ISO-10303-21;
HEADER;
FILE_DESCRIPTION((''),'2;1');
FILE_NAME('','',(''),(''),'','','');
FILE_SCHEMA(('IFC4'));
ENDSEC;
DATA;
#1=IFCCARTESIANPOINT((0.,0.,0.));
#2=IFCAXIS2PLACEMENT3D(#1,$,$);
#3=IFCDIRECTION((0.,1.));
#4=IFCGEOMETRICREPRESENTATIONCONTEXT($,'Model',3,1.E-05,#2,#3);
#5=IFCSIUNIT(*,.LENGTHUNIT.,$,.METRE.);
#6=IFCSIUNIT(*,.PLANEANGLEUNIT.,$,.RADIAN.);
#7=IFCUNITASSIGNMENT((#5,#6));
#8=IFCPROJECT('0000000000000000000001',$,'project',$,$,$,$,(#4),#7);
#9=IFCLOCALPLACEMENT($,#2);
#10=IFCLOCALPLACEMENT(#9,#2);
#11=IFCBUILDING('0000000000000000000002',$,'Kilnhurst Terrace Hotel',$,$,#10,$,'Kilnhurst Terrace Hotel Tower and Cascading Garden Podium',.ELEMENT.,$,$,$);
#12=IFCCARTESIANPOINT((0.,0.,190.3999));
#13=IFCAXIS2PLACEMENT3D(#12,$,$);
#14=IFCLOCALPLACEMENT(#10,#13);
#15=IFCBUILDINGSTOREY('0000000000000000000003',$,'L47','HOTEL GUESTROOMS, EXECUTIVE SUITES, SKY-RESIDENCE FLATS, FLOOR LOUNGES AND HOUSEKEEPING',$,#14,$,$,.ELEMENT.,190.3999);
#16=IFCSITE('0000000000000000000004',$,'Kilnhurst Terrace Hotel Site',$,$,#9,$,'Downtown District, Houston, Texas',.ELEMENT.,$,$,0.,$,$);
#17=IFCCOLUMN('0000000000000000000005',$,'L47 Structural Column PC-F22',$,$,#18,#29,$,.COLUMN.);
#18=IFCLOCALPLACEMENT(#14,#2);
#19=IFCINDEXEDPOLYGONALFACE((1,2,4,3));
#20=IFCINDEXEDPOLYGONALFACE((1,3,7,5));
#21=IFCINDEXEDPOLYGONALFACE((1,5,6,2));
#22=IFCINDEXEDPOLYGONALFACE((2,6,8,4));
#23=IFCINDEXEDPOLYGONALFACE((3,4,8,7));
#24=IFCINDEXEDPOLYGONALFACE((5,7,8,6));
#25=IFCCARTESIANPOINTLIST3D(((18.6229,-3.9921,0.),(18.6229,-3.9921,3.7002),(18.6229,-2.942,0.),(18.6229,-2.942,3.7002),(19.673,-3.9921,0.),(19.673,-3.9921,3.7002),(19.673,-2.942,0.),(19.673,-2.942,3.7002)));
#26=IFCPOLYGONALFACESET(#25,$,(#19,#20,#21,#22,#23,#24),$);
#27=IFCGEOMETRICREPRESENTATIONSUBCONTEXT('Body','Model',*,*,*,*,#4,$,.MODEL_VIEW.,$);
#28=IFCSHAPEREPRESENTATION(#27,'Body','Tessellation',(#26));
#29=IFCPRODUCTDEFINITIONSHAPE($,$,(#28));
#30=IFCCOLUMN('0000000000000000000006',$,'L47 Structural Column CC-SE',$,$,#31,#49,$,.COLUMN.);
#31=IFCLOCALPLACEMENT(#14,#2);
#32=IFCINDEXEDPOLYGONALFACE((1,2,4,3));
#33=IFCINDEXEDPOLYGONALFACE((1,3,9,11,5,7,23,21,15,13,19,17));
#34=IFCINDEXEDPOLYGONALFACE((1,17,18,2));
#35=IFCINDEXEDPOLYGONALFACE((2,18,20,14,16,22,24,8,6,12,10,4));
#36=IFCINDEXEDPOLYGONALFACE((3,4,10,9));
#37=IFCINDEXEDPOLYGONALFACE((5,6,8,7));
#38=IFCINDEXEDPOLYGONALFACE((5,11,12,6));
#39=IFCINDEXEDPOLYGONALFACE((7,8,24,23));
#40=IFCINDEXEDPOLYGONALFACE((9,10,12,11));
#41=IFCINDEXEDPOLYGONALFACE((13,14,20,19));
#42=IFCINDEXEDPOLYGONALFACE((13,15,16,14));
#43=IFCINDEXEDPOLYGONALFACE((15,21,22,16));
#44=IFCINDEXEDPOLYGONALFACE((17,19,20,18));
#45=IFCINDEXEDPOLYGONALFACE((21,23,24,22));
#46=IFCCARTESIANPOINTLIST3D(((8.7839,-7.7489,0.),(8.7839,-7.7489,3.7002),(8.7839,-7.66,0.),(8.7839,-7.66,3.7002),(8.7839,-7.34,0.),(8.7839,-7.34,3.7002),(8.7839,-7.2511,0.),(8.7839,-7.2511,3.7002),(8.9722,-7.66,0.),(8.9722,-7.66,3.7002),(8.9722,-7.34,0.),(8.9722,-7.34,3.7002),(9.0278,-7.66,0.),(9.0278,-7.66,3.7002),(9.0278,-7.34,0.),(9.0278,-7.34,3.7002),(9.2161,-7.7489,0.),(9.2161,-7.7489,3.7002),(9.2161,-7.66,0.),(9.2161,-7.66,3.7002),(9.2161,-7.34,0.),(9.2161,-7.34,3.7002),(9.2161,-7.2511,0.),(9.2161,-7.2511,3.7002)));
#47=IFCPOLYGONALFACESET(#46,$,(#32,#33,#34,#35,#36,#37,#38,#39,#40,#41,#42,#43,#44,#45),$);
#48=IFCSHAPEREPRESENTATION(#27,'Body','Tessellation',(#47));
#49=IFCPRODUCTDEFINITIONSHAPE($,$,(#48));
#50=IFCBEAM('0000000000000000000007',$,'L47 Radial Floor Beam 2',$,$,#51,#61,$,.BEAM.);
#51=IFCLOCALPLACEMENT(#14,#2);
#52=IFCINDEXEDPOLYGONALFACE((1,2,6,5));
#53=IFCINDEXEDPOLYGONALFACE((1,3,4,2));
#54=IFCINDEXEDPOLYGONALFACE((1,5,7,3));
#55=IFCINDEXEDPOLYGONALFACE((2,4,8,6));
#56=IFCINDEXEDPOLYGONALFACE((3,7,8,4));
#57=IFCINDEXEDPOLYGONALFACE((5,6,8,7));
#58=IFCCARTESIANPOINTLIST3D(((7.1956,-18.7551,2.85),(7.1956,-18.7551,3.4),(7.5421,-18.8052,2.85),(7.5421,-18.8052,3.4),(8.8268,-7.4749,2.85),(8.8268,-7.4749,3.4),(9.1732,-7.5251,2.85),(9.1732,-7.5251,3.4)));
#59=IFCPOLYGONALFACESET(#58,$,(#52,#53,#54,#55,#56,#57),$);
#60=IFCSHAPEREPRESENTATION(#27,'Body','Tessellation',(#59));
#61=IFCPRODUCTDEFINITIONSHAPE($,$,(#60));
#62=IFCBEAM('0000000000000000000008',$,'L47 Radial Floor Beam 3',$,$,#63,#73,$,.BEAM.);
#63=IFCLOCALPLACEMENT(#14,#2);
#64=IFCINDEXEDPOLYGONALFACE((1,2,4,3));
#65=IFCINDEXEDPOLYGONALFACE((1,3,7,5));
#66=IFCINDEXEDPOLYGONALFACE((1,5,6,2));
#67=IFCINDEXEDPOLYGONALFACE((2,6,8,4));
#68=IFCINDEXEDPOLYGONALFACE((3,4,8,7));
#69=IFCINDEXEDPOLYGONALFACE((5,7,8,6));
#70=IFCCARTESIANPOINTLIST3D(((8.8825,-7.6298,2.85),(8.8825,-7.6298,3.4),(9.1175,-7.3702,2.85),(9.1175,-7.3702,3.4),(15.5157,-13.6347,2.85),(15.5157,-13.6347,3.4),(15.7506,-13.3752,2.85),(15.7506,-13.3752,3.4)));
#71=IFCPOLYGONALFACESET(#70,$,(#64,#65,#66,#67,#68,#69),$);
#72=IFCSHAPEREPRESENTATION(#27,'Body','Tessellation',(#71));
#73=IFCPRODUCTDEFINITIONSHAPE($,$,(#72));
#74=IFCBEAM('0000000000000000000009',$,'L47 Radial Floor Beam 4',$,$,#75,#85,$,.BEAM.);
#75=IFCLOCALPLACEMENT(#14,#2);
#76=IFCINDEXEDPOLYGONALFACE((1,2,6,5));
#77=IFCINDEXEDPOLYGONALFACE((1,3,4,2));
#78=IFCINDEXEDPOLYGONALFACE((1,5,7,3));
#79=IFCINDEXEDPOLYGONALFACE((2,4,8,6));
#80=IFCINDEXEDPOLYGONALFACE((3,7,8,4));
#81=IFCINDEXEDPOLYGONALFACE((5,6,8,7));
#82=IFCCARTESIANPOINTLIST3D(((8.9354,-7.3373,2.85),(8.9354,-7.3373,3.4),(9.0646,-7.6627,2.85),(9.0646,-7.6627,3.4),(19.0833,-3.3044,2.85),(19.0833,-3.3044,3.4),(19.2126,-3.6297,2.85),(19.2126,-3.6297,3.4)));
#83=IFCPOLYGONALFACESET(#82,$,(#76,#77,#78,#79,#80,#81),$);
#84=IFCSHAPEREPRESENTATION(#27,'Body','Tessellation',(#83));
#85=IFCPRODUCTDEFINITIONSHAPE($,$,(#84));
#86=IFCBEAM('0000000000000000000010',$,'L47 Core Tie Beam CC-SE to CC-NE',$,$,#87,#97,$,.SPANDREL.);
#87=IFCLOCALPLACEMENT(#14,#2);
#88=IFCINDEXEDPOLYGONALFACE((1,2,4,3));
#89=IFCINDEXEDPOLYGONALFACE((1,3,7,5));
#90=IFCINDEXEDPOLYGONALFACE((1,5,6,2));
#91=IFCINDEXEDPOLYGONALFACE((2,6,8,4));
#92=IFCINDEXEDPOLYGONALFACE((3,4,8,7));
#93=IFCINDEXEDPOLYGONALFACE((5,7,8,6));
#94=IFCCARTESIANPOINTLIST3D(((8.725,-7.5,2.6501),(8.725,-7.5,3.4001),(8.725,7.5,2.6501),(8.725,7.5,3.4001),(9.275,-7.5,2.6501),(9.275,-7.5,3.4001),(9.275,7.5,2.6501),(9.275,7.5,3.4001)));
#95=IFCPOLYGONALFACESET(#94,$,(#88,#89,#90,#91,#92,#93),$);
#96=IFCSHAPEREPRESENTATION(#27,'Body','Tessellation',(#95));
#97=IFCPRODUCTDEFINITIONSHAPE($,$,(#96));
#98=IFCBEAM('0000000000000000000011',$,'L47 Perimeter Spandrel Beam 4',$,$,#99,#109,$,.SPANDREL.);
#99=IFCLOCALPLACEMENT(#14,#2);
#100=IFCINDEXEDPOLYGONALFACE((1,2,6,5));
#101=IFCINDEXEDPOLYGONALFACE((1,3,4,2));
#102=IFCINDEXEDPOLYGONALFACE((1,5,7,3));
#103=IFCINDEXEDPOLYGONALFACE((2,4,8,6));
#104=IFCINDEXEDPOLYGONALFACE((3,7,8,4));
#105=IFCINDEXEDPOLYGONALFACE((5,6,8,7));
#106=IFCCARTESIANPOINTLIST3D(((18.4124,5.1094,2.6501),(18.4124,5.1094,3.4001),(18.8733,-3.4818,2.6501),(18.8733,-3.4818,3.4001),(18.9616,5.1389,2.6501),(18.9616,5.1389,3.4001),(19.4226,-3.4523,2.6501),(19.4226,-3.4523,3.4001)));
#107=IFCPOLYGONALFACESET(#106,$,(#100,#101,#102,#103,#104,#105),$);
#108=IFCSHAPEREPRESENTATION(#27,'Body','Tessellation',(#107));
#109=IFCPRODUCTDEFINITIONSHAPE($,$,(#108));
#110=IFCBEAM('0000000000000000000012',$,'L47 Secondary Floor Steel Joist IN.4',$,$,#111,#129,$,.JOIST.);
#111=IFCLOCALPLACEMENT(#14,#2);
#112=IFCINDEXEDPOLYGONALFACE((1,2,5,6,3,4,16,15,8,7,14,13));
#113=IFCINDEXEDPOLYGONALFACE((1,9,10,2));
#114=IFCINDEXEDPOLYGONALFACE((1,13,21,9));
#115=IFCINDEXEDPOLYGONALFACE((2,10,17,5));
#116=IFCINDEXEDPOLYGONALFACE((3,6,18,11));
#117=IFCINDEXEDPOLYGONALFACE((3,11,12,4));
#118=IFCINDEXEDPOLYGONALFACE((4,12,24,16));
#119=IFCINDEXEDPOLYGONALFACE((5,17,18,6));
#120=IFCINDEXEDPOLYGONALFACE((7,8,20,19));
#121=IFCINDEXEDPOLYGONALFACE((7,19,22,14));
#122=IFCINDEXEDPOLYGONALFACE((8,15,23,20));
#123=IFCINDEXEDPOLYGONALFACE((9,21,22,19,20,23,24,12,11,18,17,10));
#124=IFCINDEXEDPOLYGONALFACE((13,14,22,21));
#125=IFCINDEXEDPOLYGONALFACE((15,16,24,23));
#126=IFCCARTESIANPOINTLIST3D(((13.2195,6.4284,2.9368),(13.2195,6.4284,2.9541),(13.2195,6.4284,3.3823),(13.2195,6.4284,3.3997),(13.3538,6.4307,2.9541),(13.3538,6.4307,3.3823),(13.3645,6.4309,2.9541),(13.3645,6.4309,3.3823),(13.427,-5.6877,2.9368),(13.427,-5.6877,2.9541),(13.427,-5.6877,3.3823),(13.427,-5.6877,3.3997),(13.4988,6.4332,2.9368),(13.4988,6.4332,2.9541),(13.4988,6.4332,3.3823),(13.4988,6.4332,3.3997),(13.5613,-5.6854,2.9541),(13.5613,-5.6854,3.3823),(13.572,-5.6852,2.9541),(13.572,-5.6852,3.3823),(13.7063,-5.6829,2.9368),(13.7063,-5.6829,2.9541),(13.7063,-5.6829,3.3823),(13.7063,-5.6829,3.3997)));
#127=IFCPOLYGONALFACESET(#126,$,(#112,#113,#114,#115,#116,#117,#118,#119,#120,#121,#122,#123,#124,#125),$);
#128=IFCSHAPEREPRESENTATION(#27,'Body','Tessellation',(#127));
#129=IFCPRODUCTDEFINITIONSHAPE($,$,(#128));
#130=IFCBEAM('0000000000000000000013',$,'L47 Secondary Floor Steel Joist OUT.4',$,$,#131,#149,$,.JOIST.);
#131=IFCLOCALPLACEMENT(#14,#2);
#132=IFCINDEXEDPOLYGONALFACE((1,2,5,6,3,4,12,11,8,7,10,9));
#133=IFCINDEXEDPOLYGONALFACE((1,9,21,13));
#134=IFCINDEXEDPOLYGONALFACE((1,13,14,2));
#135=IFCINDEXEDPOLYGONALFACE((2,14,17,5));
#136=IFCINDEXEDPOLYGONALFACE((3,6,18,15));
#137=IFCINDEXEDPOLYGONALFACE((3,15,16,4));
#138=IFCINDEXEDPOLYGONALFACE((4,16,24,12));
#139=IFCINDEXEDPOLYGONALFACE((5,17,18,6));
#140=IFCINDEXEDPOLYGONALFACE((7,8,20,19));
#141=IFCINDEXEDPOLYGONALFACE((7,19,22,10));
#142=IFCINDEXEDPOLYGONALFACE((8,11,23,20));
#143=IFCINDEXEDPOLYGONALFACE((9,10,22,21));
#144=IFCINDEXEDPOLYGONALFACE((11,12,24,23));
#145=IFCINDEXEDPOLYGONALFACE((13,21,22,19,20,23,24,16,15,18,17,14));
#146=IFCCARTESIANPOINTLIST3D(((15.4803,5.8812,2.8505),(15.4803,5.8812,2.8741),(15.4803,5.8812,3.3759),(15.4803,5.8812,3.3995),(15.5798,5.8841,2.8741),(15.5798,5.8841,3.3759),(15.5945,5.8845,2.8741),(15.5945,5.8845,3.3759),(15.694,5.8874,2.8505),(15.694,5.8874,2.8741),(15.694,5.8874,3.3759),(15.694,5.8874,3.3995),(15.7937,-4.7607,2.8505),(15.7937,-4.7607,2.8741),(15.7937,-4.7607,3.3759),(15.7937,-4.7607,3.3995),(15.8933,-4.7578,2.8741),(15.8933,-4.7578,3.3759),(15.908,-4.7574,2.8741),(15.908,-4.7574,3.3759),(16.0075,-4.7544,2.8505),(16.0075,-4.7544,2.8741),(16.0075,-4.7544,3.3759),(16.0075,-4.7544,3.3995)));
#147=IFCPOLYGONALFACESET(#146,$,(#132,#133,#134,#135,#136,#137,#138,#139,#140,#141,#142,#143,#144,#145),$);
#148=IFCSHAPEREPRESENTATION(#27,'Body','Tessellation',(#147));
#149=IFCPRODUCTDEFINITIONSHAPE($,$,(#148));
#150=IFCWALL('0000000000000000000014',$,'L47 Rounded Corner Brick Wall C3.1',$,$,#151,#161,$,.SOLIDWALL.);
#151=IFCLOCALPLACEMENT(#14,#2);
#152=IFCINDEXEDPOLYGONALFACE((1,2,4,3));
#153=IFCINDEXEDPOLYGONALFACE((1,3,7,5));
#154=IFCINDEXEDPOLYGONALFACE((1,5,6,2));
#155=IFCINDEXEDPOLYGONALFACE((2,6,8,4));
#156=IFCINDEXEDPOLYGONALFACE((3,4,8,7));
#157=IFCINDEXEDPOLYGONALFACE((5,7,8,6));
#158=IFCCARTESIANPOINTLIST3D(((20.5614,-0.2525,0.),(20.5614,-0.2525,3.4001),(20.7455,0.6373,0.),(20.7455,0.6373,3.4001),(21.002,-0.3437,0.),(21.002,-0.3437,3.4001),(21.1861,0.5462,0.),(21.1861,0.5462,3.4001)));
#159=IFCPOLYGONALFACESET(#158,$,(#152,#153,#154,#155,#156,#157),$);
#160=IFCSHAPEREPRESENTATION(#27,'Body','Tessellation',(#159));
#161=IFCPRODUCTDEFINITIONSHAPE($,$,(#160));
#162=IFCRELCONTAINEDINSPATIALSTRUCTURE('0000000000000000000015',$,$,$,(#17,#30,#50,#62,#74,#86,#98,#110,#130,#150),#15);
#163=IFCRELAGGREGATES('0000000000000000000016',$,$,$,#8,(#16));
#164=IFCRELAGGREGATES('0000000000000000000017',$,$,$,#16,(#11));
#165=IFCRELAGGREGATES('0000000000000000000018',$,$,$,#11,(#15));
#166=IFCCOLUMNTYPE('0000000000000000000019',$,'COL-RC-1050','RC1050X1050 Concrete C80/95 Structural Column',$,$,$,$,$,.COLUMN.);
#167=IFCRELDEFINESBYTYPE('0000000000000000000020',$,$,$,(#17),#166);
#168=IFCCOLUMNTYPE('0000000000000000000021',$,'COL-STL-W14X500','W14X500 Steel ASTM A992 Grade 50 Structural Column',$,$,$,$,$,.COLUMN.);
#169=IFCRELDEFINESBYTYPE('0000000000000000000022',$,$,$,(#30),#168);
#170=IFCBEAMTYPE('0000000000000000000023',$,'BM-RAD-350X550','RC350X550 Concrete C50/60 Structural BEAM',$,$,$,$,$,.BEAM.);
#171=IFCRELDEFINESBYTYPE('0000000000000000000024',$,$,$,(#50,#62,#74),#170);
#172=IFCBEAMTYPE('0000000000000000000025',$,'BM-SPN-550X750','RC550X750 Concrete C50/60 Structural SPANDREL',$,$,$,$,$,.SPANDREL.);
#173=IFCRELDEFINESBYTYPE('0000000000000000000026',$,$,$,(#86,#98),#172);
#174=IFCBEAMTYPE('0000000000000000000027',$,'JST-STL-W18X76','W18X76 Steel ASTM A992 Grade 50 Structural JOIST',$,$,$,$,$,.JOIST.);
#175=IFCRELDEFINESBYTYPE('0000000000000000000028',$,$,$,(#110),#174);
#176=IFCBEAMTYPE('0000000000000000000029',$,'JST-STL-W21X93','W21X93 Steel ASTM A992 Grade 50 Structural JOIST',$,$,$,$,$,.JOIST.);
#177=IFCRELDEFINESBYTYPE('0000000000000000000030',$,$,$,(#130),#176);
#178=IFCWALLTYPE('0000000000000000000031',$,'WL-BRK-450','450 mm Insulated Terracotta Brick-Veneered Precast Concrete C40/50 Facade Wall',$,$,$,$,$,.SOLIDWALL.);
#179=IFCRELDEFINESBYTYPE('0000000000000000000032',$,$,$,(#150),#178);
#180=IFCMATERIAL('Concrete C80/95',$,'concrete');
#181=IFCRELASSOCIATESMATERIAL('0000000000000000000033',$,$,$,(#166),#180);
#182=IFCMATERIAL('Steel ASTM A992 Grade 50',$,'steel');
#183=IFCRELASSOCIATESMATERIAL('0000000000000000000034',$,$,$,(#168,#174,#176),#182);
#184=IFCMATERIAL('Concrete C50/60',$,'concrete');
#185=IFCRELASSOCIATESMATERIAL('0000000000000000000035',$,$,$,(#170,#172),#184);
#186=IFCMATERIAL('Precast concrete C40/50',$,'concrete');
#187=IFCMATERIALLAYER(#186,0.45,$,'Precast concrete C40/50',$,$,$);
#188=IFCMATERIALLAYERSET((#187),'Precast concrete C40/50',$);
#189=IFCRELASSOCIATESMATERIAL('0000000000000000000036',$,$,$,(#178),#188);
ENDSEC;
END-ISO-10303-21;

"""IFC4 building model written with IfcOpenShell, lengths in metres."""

from ifc_helpers import new_model, si_unit, direction, frame, frame_2d, origin, origin_2d, place, context, subcontext, project, spatial, rectangle, i_section, extrude, material, layer, layer_set, material_profile, profile_set, type_object, element, save


model = new_model("IFC4")

# Units and contexts
model_context = context("Model", 3, precision=1e-05, world=origin(), true_north=direction((0.0, 1.0)))
body_context = subcontext(model_context, "Body", "Model", "MODEL_VIEW")
ifc_project = project(units=[si_unit("LENGTHUNIT", "METRE"), si_unit("PLANEANGLEUNIT", "RADIAN")], contexts=[model_context])

# Site, building, storey
site_placement = place(None, origin())
site = spatial("IfcSite", under=ifc_project, at=site_placement, Name="Kilnhurst Terrace Hotel Site", LongName="Downtown District, Houston, Texas", CompositionType="ELEMENT", RefElevation=0.0)
building_placement = place(site_placement, origin())
building = spatial("IfcBuilding", under=site, at=building_placement, Name="Kilnhurst Terrace Hotel", LongName="Kilnhurst Terrace Hotel Tower and Cascading Garden Podium", CompositionType="ELEMENT")
storey_placement = place(building_placement, frame((0.0, 0.0, 190.3999)))
storey = spatial("IfcBuildingStorey", under=building, at=storey_placement, Name="L47", Description="HOTEL GUESTROOMS, EXECUTIVE SUITES, SKY-RESIDENCE FLATS, FLOOR LOUNGES AND HOUSEKEEPING", CompositionType="ELEMENT", Elevation=190.3999)

# Columns
ifc_material_1 = material(Name="Concrete C80/95", Category="concrete")
ifc_material_profile_1 = material_profile(ifc_material_1, rectangle(XDim=1.05, YDim=1.05, at=origin_2d()), Name="RC1050X1050")
ifc_profile_set_1 = profile_set([ifc_material_profile_1], Name="Concrete C80/95")
column_type_1 = type_object("IfcColumnType", Name="COL-RC-1050", Description="RC1050X1050 Concrete C80/95 Structural Column", PredefinedType="COLUMN", material=ifc_profile_set_1)
column_1_placement = place(storey_placement, frame((19.1479, -3.467, 0.0), z_axis=(0.0, 0.0, 1.0), x_axis=(1.0, 0.0, 0.0)))
element("IfcColumn", 1, at=column_1_placement, inside=storey, type_object=column_type_1, Name="L47 Structural Column PC-F22", PredefinedType="COLUMN", context=body_context, shape_type="SweptSolid", body=[
    extrude(rectangle(XDim=1.05, YDim=1.05, at=origin_2d()), origin(), (0.0, 0.0, 1.0), 3.7002),
])
ifc_material_2 = material(Name="Steel ASTM A992 Grade 50", Category="steel")
ifc_material_profile_2 = material_profile(ifc_material_2, i_section(OverallWidth=0.4321, OverallDepth=0.4978, WebThickness=0.0557, FlangeThickness=0.0889, at=origin_2d()), Name="W14X500")
ifc_profile_set_2 = profile_set([ifc_material_profile_2], Name="Steel ASTM A992 Grade 50")
column_type_2 = type_object("IfcColumnType", Name="COL-STL-W14X500", Description="W14X500 Steel ASTM A992 Grade 50 Structural Column", PredefinedType="COLUMN", material=ifc_profile_set_2)
column_2_placement = place(storey_placement, frame((9.0, -7.5, 0.0), z_axis=(0.0, 0.0, 1.0), x_axis=(1.0, 0.0, 0.0)))
element("IfcColumn", 2, at=column_2_placement, inside=storey, type_object=column_type_2, Name="L47 Structural Column CC-SE", PredefinedType="COLUMN", context=body_context, shape_type="SweptSolid", body=[
    extrude(i_section(OverallWidth=0.4321, OverallDepth=0.4978, WebThickness=0.0557, FlangeThickness=0.0889, at=origin_2d()), origin(), (0.0, 0.0, 1.0), 3.7002),
])

# Beams
ifc_material_3 = material(Name="Concrete C50/60", Category="concrete")
ifc_material_profile_3 = material_profile(ifc_material_3, rectangle(XDim=0.3501, YDim=0.55, at=origin_2d()), Name="RC350X550")
ifc_profile_set_3 = profile_set([ifc_material_profile_3], Name="Concrete C50/60")
beam_type_1 = type_object("IfcBeamType", Name="BM-RAD-350X550", Description="RC350X550 Concrete C50/60 Structural BEAM", PredefinedType="BEAM", material=ifc_profile_set_3)
beam_1_placement = place(storey_placement, frame((9.0, -7.5, 3.125), z_axis=(-0.143113, -0.989706, 0.0), x_axis=(0.989706, -0.143113, 0.0)))
element("IfcBeam", 3, at=beam_1_placement, inside=storey, type_object=beam_type_1, Name="L47 Radial Floor Beam 2", PredefinedType="BEAM", context=body_context, shape_type="SweptSolid", body=[
    extrude(rectangle(XDim=0.3501, YDim=0.55, at=origin_2d()), origin(), (0.0, 0.0, 1.0), 11.3975),
])
beam_2_placement = place(storey_placement, frame((9.0, -7.5, 3.125), z_axis=(0.741339, -0.671131, 0.0), x_axis=(0.671131, 0.741339, 0.0)))
element("IfcBeam", 4, at=beam_2_placement, inside=storey, type_object=beam_type_1, Name="L47 Radial Floor Beam 3", PredefinedType="BEAM", context=body_context, shape_type="SweptSolid", body=[
    extrude(rectangle(XDim=0.3501, YDim=0.55, at=origin_2d()), origin(), (0.0, 0.0, 1.0), 8.9475),
])
beam_3_placement = place(storey_placement, frame((9.0, -7.5, 3.125), z_axis=(0.929302, 0.36932, 0.0), x_axis=(-0.36932, 0.929302, 0.0)))
element("IfcBeam", 5, at=beam_3_placement, inside=storey, type_object=beam_type_1, Name="L47 Radial Floor Beam 4", PredefinedType="BEAM", context=body_context, shape_type="SweptSolid", body=[
    extrude(rectangle(XDim=0.3501, YDim=0.55, at=origin_2d()), origin(), (0.0, 0.0, 1.0), 10.9199),
])
ifc_material_profile_4 = material_profile(ifc_material_3, rectangle(XDim=0.55, YDim=0.75, at=origin_2d()), Name="RC550X750")
ifc_profile_set_4 = profile_set([ifc_material_profile_4], Name="Concrete C50/60")
beam_type_2 = type_object("IfcBeamType", Name="BM-SPN-550X750", Description="RC550X750 Concrete C50/60 Structural SPANDREL", PredefinedType="SPANDREL", material=ifc_profile_set_4)
beam_4_placement = place(storey_placement, frame((9.0, -7.5, 3.0251), z_axis=(0.0, 1.0, 0.0), x_axis=(-1.0, 0.0, 0.0)))
element("IfcBeam", 6, at=beam_4_placement, inside=storey, type_object=beam_type_2, Name="L47 Core Tie Beam CC-SE to CC-NE", PredefinedType="SPANDREL", context=body_context, shape_type="SweptSolid", body=[
    extrude(rectangle(XDim=0.55, YDim=0.75, at=origin_2d()), origin(), (0.0, 0.0, 1.0), 15.0),
])
beam_5_placement = place(storey_placement, frame((19.1479, -3.467, 3.0251), z_axis=(-0.053576, 0.998564, 0.0), x_axis=(-0.998564, -0.053576, 0.0)))
element("IfcBeam", 7, at=beam_5_placement, inside=storey, type_object=beam_type_2, Name="L47 Perimeter Spandrel Beam 4", PredefinedType="SPANDREL", context=body_context, shape_type="SweptSolid", body=[
    extrude(rectangle(XDim=0.55, YDim=0.75, at=origin_2d()), origin(), (0.0, 0.0, 1.0), 8.6035),
])
ifc_material_profile_5 = material_profile(ifc_material_2, i_section(OverallWidth=0.2793, OverallDepth=0.4629, WebThickness=0.0107, FlangeThickness=0.0173, at=origin_2d()), Name="W18X76")
ifc_profile_set_5 = profile_set([ifc_material_profile_5], Name="Steel ASTM A992 Grade 50")
beam_type_3 = type_object("IfcBeamType", Name="JST-STL-W18X76", Description="W18X76 Steel ASTM A992 Grade 50 Structural JOIST", PredefinedType="JOIST", material=ifc_profile_set_5)
beam_6_placement = place(storey_placement, frame((13.5667, -5.6853, 3.1682), z_axis=(-0.017125, 0.999853, 0.0), x_axis=(-0.999853, -0.017125, 0.0)))
element("IfcBeam", 8, at=beam_6_placement, inside=storey, type_object=beam_type_3, Name="L47 Secondary Floor Steel Joist IN.4", PredefinedType="JOIST", context=body_context, shape_type="SweptSolid", body=[
    extrude(i_section(OverallWidth=0.2793, OverallDepth=0.4629, WebThickness=0.0107, FlangeThickness=0.0173, at=origin_2d()), origin(), (0.0, 0.0, 1.0), 12.1179),
])
ifc_material_profile_6 = material_profile(ifc_material_2, i_section(OverallWidth=0.2139, OverallDepth=0.5491, WebThickness=0.0146, FlangeThickness=0.0237, at=origin_2d()), Name="W21X93")
ifc_profile_set_6 = profile_set([ifc_material_profile_6], Name="Steel ASTM A992 Grade 50")
beam_type_4 = type_object("IfcBeamType", Name="JST-STL-W21X93", Description="W21X93 Steel ASTM A992 Grade 50 Structural JOIST", PredefinedType="JOIST", material=ifc_profile_set_6)
beam_7_placement = place(storey_placement, frame((15.9006, -4.7576, 3.125), z_axis=(-0.029444, 0.999566, 0.0), x_axis=(-0.999566, -0.029444, 0.0)))
element("IfcBeam", 9, at=beam_7_placement, inside=storey, type_object=beam_type_4, Name="L47 Secondary Floor Steel Joist OUT.4", PredefinedType="JOIST", context=body_context, shape_type="SweptSolid", body=[
    extrude(i_section(OverallWidth=0.2139, OverallDepth=0.5491, WebThickness=0.0146, FlangeThickness=0.0237, at=origin_2d()), origin(), (0.0, 0.0, 1.0), 10.6465),
])

# Wall
ifc_material_4 = material(Name="Precast concrete C40/50", Category="concrete")
ifc_layer_1 = layer(ifc_material_4, 0.45, Name="Precast concrete C40/50")
ifc_layer_set_1 = layer_set([ifc_layer_1], Name="Precast concrete C40/50")
wall_type_1 = type_object("IfcWallType", Name="WL-BRK-450", Description="450 mm Insulated Terracotta Brick-Veneered Precast Concrete C40/50 Facade Wall", PredefinedType="SOLIDWALL", material=ifc_layer_set_1)
wall_1_placement = place(storey_placement, frame((20.7817, -0.2981, 0.0), z_axis=(0.0, 0.0, 1.0), x_axis=(0.20257, 0.979268, 0.0)))
element("IfcWall", 10, at=wall_1_placement, inside=storey, type_object=wall_type_1, Name="L47 Rounded Corner Brick Wall C3.1", PredefinedType="SOLIDWALL", context=body_context, shape_type="SweptSolid", body=[
    extrude(rectangle(XDim=0.9087, YDim=0.45, at=frame_2d((0.4543, 0.0))), origin(), (0.0, 0.0, 1.0), 3.4001),
])

save(model, "model.ifc")
